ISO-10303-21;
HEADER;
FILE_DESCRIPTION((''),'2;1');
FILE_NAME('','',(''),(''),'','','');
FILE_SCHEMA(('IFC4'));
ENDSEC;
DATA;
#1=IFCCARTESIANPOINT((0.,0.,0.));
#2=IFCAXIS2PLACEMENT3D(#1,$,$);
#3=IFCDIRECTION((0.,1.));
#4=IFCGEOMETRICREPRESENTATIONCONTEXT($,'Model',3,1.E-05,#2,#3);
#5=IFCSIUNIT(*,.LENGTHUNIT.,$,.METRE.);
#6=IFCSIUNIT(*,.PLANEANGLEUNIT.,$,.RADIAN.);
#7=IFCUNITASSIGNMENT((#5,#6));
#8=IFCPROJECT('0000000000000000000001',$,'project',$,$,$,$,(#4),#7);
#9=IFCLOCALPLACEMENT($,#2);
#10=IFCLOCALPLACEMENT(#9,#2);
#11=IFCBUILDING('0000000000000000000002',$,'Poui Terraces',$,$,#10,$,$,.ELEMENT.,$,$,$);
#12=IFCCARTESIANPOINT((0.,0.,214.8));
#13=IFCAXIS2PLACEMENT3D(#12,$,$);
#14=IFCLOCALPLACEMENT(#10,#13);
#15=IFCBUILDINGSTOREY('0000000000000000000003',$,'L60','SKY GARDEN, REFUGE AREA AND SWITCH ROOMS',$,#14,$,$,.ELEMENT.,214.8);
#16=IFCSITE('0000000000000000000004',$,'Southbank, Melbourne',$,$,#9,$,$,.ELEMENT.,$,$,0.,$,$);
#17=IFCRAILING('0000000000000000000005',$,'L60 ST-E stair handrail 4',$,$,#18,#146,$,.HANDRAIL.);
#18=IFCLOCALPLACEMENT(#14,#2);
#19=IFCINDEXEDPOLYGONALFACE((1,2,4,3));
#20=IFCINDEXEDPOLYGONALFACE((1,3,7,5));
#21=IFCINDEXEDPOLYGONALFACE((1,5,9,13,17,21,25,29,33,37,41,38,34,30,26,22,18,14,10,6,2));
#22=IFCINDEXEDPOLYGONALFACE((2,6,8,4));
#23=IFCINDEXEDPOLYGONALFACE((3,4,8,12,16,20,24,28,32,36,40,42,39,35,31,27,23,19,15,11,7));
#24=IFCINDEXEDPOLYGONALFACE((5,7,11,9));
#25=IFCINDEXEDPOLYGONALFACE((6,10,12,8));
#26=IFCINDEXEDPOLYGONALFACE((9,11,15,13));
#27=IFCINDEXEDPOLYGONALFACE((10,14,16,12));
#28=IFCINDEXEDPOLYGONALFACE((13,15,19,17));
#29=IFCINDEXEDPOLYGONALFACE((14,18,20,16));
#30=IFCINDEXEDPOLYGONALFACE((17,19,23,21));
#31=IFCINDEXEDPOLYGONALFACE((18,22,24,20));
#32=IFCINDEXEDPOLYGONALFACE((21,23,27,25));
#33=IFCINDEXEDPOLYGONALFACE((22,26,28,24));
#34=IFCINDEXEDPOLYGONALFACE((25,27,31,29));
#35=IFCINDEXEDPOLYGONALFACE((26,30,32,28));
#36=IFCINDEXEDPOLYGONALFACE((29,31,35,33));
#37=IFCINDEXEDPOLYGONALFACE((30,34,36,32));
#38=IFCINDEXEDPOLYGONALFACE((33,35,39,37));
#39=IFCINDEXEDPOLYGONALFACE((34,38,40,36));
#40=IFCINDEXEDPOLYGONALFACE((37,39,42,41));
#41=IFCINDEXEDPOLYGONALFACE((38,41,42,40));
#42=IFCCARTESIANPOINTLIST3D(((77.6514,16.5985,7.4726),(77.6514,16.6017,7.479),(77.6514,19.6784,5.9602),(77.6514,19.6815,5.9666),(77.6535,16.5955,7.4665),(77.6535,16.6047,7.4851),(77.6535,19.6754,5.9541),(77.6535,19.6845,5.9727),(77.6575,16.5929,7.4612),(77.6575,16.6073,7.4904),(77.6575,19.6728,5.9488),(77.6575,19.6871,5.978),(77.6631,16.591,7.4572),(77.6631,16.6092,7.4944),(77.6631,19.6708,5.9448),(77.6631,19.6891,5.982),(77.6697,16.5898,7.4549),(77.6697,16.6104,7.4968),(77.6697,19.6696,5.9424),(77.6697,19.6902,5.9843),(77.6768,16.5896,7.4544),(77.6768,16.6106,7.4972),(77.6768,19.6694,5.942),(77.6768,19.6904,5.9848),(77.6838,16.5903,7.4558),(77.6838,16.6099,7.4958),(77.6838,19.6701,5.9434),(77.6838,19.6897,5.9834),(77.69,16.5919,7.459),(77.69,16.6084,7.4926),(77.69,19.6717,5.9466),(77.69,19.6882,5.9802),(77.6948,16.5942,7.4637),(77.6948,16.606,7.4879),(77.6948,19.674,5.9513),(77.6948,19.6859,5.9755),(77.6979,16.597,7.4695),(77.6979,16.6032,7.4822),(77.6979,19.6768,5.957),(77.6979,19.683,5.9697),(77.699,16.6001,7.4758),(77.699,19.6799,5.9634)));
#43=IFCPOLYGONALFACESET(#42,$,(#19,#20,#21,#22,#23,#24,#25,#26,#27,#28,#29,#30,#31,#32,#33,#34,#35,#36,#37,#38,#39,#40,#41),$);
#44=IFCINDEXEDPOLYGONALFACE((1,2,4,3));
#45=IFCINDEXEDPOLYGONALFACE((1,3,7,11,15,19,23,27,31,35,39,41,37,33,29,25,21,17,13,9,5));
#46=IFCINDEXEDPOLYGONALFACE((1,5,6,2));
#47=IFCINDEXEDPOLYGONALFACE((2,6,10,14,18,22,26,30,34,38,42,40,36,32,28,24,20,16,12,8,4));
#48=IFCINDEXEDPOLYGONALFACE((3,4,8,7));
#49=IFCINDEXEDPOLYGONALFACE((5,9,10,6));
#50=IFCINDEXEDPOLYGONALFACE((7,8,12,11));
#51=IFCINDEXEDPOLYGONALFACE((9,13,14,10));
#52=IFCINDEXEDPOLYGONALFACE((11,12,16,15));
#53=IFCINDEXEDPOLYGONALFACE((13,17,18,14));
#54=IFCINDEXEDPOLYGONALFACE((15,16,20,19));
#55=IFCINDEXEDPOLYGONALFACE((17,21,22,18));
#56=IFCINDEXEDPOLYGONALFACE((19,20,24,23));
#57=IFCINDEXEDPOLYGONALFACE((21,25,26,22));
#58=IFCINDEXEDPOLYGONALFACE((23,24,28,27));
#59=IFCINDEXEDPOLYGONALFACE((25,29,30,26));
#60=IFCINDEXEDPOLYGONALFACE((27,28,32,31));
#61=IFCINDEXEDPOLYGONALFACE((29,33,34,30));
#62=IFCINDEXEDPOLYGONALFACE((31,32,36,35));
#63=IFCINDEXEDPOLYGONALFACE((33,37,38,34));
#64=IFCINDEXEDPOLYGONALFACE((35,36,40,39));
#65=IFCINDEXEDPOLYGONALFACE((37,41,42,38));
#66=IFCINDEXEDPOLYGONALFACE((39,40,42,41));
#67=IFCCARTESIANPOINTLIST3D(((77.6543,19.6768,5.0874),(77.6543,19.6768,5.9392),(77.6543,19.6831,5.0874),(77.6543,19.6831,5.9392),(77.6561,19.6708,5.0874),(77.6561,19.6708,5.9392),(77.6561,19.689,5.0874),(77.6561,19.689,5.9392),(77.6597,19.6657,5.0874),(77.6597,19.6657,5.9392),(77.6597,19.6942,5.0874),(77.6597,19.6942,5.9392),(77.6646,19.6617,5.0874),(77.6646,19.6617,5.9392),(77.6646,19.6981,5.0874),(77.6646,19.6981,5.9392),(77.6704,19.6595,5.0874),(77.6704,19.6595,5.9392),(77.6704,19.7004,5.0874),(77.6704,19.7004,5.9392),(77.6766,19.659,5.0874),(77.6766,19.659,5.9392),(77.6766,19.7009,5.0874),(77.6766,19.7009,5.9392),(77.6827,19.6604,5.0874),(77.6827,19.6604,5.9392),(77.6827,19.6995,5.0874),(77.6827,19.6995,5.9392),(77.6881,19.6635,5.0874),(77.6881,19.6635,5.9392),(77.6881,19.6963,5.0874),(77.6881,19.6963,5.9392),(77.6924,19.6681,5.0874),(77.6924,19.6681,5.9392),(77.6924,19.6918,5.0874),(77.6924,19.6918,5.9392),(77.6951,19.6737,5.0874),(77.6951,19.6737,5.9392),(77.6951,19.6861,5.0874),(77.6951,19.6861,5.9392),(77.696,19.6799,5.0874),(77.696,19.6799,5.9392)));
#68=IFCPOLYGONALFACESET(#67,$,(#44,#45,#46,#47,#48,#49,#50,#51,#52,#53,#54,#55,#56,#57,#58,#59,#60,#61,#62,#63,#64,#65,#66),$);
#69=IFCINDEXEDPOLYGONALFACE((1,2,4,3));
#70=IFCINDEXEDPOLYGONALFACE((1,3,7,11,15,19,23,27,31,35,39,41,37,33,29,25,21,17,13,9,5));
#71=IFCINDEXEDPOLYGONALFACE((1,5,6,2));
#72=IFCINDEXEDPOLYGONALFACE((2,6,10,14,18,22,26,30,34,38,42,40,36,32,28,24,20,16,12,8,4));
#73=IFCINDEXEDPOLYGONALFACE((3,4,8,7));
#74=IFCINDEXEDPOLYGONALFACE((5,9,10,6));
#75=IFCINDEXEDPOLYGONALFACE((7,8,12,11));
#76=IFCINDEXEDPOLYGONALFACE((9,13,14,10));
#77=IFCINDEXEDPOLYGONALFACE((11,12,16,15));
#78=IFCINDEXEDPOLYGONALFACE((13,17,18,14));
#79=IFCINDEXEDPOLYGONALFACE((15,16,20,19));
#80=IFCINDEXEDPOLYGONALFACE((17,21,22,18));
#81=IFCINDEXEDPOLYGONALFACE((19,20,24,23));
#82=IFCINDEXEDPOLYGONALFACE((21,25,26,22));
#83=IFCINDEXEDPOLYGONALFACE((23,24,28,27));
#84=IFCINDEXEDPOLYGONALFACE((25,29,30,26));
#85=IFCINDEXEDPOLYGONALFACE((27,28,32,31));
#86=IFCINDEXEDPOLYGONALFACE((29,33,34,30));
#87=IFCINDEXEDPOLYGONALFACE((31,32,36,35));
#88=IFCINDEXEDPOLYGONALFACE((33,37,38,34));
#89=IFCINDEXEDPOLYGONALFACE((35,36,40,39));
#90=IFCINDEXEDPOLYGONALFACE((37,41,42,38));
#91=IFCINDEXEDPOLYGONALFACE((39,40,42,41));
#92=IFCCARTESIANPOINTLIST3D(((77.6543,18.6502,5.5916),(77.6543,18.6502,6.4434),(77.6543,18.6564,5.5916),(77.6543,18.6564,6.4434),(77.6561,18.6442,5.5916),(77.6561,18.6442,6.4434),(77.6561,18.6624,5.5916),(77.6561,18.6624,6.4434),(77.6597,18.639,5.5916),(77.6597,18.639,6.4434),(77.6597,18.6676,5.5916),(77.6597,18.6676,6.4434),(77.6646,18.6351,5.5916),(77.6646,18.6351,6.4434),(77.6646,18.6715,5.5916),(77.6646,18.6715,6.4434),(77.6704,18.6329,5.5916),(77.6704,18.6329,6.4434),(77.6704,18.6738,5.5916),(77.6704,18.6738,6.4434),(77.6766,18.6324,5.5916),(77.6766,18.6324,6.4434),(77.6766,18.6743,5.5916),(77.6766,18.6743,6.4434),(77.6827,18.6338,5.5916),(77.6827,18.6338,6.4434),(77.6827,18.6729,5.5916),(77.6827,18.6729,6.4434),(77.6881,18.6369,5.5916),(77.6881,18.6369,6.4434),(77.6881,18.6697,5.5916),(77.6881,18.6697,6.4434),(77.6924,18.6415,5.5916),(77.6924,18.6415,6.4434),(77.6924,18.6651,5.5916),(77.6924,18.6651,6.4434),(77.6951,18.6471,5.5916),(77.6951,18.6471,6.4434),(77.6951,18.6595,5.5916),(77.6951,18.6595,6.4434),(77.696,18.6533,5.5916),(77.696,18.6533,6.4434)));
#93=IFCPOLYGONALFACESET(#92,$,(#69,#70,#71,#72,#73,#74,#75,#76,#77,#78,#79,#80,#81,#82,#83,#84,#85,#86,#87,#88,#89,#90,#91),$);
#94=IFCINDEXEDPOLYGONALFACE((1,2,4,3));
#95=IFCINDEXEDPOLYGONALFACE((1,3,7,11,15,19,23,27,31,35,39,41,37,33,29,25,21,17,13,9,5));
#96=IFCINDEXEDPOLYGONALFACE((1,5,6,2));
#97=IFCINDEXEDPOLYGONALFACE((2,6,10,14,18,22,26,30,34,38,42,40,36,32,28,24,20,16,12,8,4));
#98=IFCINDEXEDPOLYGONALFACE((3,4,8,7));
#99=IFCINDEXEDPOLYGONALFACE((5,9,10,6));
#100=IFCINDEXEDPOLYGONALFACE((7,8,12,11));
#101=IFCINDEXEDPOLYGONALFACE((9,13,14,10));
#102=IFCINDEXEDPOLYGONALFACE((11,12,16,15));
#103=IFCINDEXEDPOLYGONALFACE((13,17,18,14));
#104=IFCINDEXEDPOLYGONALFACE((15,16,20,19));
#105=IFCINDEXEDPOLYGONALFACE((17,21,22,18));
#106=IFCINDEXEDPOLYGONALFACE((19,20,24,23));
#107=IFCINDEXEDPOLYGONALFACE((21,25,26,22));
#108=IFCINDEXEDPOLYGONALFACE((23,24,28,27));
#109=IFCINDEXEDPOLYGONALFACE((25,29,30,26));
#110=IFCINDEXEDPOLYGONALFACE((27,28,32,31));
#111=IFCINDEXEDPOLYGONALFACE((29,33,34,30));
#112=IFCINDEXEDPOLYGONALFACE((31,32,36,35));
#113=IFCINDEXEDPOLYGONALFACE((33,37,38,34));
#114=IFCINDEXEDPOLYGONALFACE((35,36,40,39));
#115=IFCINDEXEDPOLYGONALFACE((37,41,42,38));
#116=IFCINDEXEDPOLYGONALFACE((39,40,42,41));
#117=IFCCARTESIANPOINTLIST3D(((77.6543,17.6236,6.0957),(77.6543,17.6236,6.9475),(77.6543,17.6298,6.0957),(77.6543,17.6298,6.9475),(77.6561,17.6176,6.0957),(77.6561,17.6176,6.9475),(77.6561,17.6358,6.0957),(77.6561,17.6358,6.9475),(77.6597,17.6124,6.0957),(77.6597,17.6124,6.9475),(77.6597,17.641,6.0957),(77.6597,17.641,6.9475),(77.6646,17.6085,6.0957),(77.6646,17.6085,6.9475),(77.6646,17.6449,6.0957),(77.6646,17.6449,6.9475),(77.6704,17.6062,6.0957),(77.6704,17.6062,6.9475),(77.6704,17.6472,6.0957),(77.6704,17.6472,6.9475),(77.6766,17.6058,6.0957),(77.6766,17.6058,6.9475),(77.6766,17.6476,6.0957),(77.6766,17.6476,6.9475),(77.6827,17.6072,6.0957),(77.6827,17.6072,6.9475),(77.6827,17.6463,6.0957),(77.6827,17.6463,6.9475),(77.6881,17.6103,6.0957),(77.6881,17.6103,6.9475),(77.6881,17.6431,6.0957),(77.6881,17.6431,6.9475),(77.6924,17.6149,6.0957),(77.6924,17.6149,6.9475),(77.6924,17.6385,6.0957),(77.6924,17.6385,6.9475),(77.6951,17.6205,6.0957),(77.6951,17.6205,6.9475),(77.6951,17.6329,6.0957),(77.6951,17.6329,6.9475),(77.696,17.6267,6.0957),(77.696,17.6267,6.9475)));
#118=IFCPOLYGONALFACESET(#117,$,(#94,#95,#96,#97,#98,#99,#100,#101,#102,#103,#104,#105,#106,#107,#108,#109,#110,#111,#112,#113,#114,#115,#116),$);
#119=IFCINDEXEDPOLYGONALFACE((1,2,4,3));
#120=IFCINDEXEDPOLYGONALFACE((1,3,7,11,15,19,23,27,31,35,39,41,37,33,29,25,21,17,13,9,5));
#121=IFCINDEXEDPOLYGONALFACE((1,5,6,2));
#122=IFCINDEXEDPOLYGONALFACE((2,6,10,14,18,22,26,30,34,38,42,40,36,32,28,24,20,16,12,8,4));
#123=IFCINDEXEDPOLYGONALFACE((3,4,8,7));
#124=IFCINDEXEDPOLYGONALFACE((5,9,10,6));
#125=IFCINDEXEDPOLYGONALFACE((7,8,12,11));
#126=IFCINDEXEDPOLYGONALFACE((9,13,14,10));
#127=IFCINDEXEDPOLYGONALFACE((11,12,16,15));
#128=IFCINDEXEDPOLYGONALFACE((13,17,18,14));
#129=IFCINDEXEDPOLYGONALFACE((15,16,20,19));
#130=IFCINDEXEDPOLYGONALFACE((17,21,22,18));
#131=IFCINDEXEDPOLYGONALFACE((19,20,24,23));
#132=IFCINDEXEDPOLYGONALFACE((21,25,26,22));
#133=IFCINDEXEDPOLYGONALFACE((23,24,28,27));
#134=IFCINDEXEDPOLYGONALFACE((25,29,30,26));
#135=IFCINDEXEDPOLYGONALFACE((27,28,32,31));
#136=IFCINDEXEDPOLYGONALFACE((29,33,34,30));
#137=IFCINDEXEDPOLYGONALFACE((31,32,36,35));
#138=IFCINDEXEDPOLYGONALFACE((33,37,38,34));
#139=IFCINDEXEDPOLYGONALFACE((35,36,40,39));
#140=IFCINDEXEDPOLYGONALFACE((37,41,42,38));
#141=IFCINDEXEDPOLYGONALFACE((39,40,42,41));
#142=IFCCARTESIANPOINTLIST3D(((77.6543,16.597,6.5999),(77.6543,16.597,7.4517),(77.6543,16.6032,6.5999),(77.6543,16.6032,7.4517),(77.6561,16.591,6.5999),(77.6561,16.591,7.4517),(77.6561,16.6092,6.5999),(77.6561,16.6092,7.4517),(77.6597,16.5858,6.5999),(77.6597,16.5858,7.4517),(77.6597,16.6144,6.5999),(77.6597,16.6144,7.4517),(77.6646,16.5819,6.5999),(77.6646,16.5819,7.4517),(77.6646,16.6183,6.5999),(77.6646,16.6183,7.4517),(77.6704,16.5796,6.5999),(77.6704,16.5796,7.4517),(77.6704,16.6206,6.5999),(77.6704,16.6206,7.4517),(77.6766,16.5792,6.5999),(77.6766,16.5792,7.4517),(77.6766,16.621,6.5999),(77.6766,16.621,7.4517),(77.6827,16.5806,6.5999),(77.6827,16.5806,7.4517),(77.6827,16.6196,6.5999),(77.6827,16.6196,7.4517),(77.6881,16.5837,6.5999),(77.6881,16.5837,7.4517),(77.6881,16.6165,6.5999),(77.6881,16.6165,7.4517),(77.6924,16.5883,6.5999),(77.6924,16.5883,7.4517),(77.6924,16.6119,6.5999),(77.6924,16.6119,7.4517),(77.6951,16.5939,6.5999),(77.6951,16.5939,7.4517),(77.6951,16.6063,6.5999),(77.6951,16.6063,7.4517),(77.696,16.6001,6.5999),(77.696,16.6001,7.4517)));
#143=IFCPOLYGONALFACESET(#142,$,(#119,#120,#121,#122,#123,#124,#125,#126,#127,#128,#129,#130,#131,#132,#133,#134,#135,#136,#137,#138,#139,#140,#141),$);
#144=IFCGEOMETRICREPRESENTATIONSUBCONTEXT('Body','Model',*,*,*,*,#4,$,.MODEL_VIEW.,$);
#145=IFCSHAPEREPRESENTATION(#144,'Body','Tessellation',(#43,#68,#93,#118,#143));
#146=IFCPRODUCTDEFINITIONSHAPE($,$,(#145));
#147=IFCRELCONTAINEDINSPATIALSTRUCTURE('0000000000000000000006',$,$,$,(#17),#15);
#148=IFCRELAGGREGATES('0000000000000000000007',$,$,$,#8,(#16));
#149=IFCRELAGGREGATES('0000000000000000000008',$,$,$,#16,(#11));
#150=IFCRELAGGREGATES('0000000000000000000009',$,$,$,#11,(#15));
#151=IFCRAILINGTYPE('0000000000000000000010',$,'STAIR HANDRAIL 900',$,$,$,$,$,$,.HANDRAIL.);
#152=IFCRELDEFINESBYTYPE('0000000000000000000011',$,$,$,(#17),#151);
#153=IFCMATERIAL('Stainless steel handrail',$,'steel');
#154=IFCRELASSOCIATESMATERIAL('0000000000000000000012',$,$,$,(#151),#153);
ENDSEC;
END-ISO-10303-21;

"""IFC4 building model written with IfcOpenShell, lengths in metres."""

from ifc_helpers import new_model, si_unit, direction, frame, origin, origin_2d, place, context, subcontext, project, spatial, circle, extrude, material, type_object, element, save


model = new_model("IFC4")

# Units and contexts
model_context = context("Model", 3, precision=1e-05, world=origin(), true_north=direction((0.0, 1.0)))
body_context = subcontext(model_context, "Body", "Model", "MODEL_VIEW")
ifc_project = project(units=[si_unit("LENGTHUNIT", "METRE"), si_unit("PLANEANGLEUNIT", "RADIAN")], contexts=[model_context])

# Site, building, storey
site_placement = place(None, origin())
site = spatial("IfcSite", under=ifc_project, at=site_placement, Name="Southbank, Melbourne", CompositionType="ELEMENT", RefElevation=0.0)
building_placement = place(site_placement, origin())
building = spatial("IfcBuilding", under=site, at=building_placement, Name="Poui Terraces", CompositionType="ELEMENT")
storey_placement = place(building_placement, frame((0.0, 0.0, 214.8)))
storey = spatial("IfcBuildingStorey", under=building, at=storey_placement, Name="L60", Description="SKY GARDEN, REFUGE AREA AND SWITCH ROOMS", CompositionType="ELEMENT", Elevation=214.8)

# Railing
ifc_material_1 = material(Name="Stainless steel handrail", Category="steel")
railing_type_1 = type_object("IfcRailingType", Name="STAIR HANDRAIL 900", PredefinedType="HANDRAIL", material=ifc_material_1)
railing_1_placement = place(storey_placement, frame((77.675, 19.6799, 5.0874)))
element("IfcRailing", 1, at=railing_1_placement, inside=storey, type_object=railing_type_1, Name="L60 ST-E stair handrail 4", PredefinedType="HANDRAIL", context=body_context, shape_type="SweptSolid", body=[
    extrude(circle(Radius=0.0239, at=origin_2d()), frame((0.0, 0.0, 0.876), z_axis=(0.0, -0.897606, 0.440798), x_axis=(1.0, 0.0, 0.0)), (0.0, 0.0, 1.0), 3.4312),
    extrude(circle(Radius=0.021, at=origin_2d()), origin(), (0.0, 0.0, 1.0), 0.8518),
    extrude(circle(Radius=0.021, at=origin_2d()), frame((0.0, -1.0266, 0.5042)), (0.0, 0.0, 1.0), 0.8518),
    extrude(circle(Radius=0.021, at=origin_2d()), frame((0.0, -2.0532, 1.0083)), (0.0, 0.0, 1.0), 0.8518),
    extrude(circle(Radius=0.021, at=origin_2d()), frame((0.0, -3.0798, 1.5125)), (0.0, 0.0, 1.0), 0.8518),
])

save(model, "model.ifc")
